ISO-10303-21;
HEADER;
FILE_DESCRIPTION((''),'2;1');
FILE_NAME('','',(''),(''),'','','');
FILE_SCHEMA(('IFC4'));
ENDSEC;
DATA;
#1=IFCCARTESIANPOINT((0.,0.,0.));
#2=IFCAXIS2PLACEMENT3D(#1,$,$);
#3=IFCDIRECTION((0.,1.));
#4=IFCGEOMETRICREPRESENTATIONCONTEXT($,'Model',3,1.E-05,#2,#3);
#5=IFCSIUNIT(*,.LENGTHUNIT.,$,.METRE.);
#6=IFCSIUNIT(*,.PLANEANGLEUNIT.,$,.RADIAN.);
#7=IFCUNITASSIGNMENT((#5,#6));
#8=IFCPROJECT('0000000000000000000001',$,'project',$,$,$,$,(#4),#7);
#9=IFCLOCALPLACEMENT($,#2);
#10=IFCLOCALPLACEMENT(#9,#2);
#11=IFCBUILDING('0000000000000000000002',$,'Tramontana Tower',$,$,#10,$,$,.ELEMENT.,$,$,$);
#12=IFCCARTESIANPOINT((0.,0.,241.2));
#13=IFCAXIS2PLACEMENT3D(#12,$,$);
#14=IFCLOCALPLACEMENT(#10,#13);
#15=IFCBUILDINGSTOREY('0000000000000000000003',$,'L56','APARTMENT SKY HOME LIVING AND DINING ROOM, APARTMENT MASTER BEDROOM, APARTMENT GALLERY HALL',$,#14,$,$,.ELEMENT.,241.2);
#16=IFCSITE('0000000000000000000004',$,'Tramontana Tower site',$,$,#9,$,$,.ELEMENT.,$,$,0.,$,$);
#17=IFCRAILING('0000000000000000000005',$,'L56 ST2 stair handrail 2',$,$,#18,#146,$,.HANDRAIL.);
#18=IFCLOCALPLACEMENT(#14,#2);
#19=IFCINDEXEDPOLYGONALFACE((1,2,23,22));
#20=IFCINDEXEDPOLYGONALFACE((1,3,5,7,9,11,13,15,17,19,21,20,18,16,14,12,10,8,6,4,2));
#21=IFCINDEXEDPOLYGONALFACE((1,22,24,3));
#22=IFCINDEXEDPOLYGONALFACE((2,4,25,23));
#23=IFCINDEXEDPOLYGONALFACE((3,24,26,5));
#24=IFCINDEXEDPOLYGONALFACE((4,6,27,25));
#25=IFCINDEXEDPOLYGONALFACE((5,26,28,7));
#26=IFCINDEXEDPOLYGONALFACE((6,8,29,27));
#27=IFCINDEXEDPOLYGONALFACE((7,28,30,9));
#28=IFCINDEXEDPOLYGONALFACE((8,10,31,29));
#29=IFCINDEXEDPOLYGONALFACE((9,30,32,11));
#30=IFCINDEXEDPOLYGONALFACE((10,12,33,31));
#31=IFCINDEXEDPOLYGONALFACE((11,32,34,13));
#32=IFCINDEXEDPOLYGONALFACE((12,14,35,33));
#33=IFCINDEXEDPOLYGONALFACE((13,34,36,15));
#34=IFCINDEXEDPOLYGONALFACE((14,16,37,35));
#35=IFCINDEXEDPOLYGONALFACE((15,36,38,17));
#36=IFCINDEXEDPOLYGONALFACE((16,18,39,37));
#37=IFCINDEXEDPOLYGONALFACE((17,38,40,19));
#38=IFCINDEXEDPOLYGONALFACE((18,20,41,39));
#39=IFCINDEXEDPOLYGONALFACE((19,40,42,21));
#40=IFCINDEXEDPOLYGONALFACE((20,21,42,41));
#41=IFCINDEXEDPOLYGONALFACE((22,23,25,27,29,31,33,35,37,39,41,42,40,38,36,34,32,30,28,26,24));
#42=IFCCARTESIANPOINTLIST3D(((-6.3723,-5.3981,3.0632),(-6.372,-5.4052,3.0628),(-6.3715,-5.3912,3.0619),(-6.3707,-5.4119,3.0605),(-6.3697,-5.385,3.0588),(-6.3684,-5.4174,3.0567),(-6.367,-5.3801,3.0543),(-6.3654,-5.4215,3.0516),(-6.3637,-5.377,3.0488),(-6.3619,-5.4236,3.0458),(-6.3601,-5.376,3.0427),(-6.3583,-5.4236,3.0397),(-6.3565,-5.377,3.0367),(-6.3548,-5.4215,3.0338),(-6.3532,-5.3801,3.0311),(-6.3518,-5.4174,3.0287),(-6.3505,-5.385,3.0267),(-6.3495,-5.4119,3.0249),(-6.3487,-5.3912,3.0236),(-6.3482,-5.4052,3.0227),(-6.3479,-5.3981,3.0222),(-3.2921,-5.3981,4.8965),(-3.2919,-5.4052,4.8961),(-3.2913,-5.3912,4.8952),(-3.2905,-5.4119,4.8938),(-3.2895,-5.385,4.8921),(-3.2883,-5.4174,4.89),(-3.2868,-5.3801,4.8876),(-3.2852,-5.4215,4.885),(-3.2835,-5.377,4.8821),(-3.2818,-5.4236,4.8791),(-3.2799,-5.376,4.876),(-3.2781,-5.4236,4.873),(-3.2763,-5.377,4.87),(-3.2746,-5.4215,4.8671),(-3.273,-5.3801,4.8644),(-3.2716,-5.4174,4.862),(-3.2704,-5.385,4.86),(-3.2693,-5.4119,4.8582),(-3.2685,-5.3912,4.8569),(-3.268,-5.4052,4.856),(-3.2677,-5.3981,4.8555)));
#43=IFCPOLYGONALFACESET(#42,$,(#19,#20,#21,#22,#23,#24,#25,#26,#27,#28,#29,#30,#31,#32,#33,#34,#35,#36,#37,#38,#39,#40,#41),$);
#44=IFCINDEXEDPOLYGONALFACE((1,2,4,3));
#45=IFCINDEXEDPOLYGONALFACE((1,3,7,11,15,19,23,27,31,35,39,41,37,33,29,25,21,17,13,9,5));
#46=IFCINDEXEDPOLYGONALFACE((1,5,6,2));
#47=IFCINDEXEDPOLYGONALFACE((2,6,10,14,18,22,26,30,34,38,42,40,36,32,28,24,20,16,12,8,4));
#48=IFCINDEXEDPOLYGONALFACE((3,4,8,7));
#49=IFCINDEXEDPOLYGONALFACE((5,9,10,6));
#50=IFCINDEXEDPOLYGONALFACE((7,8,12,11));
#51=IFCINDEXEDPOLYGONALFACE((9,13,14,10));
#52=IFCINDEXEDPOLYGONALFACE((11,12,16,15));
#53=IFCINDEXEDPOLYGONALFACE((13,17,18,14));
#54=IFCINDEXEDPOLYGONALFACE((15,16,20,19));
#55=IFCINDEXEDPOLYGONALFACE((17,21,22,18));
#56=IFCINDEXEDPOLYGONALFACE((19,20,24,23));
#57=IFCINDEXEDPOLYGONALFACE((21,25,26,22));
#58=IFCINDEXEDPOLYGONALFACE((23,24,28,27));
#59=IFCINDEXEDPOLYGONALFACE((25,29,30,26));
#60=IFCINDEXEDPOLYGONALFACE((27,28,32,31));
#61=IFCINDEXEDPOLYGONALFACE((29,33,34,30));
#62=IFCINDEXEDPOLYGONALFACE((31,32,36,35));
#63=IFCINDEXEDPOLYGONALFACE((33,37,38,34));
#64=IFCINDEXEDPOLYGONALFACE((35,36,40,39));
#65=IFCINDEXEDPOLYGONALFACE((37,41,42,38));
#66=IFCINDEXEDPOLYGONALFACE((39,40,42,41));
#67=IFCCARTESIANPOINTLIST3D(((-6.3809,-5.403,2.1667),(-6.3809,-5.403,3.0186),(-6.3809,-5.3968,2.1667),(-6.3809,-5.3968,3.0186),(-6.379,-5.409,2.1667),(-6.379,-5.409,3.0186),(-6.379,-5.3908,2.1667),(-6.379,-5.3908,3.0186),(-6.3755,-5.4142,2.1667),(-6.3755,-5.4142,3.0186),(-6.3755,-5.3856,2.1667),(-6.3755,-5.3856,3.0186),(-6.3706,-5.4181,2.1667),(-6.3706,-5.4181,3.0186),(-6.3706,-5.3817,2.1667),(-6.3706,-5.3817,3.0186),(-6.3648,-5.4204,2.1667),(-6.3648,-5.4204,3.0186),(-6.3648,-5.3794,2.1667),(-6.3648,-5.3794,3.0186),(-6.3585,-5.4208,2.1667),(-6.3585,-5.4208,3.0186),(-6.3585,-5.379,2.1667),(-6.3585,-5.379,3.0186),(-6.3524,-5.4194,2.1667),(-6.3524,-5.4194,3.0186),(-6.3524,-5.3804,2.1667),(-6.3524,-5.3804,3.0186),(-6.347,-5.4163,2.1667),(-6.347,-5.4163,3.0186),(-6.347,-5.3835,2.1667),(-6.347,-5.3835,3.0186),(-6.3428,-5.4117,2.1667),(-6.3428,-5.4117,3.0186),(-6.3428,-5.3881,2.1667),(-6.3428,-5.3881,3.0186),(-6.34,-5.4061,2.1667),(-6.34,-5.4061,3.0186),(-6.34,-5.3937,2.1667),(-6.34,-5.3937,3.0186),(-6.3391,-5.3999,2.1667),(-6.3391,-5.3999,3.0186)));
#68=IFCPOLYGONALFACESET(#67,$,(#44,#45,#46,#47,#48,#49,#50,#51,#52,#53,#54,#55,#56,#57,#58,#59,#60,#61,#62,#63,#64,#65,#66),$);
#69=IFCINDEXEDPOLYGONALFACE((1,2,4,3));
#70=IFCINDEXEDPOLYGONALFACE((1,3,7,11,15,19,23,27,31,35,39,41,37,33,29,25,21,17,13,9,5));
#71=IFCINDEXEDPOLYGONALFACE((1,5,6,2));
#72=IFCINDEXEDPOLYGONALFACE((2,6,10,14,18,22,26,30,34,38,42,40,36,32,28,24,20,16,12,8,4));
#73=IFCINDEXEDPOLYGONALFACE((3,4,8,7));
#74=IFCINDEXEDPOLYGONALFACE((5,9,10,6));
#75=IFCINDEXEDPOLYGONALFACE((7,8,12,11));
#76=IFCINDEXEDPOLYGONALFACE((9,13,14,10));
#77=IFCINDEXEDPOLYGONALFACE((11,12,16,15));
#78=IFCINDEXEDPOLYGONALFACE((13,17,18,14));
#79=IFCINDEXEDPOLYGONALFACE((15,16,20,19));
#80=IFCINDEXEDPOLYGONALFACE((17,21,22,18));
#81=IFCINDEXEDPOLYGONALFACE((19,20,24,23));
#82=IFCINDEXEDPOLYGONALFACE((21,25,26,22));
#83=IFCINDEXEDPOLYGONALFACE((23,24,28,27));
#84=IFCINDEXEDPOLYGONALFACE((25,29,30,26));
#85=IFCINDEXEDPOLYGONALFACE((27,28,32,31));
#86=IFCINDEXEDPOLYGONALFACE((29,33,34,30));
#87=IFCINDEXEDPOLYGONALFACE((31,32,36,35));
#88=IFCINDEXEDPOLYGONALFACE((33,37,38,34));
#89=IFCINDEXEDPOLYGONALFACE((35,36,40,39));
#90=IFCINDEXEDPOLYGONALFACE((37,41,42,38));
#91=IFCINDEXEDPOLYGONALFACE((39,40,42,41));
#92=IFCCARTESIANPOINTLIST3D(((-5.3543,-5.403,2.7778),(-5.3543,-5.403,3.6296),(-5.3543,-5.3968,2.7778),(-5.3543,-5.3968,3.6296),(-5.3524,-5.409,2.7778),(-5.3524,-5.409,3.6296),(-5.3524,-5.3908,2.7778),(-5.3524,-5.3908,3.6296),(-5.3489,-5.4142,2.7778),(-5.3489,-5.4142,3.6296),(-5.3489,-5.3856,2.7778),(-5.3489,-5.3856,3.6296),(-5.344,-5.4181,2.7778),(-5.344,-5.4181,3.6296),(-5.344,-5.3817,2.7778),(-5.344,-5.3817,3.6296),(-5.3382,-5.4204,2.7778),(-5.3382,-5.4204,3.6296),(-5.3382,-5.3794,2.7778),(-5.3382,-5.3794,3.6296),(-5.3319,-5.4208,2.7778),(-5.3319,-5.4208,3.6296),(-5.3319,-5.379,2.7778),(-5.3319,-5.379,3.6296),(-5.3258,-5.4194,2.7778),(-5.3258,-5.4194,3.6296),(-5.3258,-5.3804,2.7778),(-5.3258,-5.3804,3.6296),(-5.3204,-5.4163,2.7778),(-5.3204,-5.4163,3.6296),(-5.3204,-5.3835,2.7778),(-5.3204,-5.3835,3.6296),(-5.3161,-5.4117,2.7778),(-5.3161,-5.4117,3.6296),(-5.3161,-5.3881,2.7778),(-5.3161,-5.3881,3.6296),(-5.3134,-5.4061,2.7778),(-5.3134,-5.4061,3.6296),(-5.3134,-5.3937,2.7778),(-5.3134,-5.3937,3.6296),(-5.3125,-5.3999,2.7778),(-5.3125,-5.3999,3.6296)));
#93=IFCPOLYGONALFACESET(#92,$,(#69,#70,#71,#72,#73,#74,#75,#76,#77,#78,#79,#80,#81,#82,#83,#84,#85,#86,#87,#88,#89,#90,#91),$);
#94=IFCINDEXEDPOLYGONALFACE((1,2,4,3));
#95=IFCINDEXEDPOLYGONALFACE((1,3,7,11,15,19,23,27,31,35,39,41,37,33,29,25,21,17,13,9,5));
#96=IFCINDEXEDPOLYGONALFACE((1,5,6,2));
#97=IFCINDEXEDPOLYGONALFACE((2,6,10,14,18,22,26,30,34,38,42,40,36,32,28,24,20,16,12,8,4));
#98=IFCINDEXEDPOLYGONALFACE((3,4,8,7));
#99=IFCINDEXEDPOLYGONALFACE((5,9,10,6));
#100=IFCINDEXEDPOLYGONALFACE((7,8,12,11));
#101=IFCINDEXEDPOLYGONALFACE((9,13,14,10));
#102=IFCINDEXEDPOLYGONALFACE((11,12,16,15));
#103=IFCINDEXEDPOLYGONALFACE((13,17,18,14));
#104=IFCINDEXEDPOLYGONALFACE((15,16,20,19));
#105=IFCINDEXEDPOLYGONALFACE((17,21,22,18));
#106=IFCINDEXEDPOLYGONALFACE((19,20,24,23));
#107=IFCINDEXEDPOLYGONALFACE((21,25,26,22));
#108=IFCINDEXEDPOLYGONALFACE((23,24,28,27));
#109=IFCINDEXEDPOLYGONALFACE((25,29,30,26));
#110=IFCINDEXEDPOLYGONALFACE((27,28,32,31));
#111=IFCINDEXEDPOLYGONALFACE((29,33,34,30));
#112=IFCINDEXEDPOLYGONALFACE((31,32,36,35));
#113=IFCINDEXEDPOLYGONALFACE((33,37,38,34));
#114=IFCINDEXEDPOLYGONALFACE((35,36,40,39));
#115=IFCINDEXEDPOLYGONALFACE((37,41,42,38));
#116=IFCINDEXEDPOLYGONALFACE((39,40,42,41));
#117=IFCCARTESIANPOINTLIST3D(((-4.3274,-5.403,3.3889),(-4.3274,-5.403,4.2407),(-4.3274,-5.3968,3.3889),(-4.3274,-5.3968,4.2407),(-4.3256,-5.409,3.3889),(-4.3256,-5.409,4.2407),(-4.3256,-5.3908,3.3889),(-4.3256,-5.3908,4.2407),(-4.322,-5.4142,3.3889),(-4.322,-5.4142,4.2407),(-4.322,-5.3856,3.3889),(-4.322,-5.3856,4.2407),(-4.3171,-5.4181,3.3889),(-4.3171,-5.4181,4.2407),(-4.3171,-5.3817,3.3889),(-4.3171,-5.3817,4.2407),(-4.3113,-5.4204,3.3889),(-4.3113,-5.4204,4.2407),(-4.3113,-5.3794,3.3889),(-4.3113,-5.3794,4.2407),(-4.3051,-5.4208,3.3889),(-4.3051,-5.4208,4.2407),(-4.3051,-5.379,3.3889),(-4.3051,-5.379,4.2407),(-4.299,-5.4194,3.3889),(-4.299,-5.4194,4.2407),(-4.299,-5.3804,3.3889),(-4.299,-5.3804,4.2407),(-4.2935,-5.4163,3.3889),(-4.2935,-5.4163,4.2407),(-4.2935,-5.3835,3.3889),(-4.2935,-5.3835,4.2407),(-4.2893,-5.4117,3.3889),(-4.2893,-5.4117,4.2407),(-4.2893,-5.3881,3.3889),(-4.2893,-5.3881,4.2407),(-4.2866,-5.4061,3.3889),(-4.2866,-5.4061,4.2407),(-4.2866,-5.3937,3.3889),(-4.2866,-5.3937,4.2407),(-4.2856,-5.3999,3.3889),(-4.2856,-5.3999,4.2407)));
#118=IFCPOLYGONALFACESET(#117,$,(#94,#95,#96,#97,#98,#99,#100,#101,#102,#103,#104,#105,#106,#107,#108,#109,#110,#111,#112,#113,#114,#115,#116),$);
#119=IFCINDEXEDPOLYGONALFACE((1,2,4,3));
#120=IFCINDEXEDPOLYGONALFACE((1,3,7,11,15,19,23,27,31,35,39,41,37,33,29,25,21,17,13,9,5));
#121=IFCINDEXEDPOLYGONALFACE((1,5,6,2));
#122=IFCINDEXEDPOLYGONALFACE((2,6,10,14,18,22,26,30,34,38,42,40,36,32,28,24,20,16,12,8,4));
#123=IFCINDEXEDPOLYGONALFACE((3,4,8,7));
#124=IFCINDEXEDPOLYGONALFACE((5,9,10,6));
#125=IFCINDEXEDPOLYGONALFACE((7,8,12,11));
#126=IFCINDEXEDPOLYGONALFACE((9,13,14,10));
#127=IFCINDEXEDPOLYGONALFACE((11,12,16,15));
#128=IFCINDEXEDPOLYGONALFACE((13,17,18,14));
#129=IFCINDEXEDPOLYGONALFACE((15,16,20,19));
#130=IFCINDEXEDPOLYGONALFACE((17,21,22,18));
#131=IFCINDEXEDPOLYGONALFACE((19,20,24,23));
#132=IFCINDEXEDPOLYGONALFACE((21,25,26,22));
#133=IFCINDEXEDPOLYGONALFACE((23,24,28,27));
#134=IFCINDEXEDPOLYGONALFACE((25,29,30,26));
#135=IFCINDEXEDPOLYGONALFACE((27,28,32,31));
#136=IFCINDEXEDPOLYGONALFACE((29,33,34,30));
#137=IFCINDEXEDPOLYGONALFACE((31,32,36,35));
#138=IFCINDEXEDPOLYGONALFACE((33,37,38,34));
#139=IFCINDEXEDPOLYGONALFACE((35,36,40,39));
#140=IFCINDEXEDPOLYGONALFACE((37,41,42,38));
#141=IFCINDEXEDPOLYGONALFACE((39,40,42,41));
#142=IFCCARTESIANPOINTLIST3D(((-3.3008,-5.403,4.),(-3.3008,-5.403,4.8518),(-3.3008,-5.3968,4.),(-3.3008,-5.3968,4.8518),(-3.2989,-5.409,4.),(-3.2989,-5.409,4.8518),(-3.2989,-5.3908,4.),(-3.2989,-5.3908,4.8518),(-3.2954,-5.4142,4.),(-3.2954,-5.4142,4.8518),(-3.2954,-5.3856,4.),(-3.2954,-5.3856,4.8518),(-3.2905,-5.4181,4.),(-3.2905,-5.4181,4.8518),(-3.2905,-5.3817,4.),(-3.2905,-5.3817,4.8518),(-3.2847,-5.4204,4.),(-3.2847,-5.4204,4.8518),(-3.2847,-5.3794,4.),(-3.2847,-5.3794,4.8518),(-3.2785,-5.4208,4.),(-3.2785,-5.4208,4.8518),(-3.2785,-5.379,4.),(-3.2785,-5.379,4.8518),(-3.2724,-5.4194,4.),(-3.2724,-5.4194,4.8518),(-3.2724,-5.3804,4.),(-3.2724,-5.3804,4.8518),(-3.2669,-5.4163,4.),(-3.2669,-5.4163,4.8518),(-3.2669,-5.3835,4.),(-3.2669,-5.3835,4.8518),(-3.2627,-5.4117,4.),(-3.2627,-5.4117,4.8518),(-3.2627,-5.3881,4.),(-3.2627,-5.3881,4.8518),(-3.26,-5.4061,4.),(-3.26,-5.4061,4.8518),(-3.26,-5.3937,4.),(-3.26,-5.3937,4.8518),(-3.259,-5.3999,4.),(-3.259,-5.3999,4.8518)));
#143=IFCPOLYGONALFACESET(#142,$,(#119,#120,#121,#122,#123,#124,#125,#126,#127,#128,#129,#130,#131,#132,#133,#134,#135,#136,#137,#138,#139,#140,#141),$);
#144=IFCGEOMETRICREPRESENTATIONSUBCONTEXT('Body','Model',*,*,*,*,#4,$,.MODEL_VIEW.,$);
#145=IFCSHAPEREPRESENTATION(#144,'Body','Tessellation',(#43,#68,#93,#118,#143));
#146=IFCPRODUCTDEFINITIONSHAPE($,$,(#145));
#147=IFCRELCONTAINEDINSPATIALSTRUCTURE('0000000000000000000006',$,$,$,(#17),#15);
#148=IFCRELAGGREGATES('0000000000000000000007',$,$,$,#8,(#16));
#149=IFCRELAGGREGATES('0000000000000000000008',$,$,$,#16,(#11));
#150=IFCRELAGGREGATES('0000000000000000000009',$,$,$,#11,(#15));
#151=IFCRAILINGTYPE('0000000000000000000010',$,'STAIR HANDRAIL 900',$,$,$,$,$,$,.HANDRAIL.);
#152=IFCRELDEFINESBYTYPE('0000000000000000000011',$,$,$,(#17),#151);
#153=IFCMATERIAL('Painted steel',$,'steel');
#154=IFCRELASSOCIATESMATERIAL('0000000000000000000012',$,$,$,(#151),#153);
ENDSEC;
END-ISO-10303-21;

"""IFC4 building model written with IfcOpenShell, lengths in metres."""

from ifc_helpers import new_model, si_unit, direction, frame, origin, origin_2d, place, context, subcontext, project, spatial, circle, extrude, material, type_object, element, save


model = new_model("IFC4")

# Units and contexts
model_context = context("Model", 3, precision=1e-05, world=origin(), true_north=direction((0.0, 1.0)))
body_context = subcontext(model_context, "Body", "Model", "MODEL_VIEW")
ifc_project = project(units=[si_unit("LENGTHUNIT", "METRE"), si_unit("PLANEANGLEUNIT", "RADIAN")], contexts=[model_context])

# Site, building, storey
site_placement = place(None, origin())
site = spatial("IfcSite", under=ifc_project, at=site_placement, Name="Tramontana Tower site", CompositionType="ELEMENT", RefElevation=0.0)
building_placement = place(site_placement, origin())
building = spatial("IfcBuilding", under=site, at=building_placement, Name="Tramontana Tower", CompositionType="ELEMENT")
storey_placement = place(building_placement, frame((0.0, 0.0, 241.2)))
storey = spatial("IfcBuildingStorey", under=building, at=storey_placement, Name="L56", Description="APARTMENT SKY HOME LIVING AND DINING ROOM, APARTMENT MASTER BEDROOM, APARTMENT GALLERY HALL", CompositionType="ELEMENT", Elevation=241.2)

# Railing
ifc_material_1 = material(Name="Painted steel", Category="steel")
railing_type_1 = type_object("IfcRailingType", Name="STAIR HANDRAIL 900", PredefinedType="HANDRAIL", material=ifc_material_1)
railing_1_placement = place(storey_placement, frame((-6.3601, -5.3999, 2.1667)))
element("IfcRailing", 1, at=railing_1_placement, inside=storey, type_object=railing_type_1, Name="L56 ST2 stair handrail 2", PredefinedType="HANDRAIL", context=body_context, shape_type="SweptSolid", body=[
    extrude(circle(Radius=0.0239, at=origin_2d()), frame((0.0, 0.0, 0.876), z_axis=(0.859309, 0.0, 0.511458), x_axis=(0.0, 1.0, 0.0)), (0.0, 0.0, 1.0), 3.5845),
    extrude(circle(Radius=0.021, at=origin_2d()), origin(), (0.0, 0.0, 1.0), 0.8518),
    extrude(circle(Radius=0.021, at=origin_2d()), frame((1.0266, 0.0, 0.6111)), (0.0, 0.0, 1.0), 0.8518),
    extrude(circle(Radius=0.021, at=origin_2d()), frame((2.0535, 0.0, 1.2222)), (0.0, 0.0, 1.0), 0.8518),
    extrude(circle(Radius=0.021, at=origin_2d()), frame((3.0801, 0.0, 1.8333)), (0.0, 0.0, 1.0), 0.8518),
])

save(model, "model.ifc")
